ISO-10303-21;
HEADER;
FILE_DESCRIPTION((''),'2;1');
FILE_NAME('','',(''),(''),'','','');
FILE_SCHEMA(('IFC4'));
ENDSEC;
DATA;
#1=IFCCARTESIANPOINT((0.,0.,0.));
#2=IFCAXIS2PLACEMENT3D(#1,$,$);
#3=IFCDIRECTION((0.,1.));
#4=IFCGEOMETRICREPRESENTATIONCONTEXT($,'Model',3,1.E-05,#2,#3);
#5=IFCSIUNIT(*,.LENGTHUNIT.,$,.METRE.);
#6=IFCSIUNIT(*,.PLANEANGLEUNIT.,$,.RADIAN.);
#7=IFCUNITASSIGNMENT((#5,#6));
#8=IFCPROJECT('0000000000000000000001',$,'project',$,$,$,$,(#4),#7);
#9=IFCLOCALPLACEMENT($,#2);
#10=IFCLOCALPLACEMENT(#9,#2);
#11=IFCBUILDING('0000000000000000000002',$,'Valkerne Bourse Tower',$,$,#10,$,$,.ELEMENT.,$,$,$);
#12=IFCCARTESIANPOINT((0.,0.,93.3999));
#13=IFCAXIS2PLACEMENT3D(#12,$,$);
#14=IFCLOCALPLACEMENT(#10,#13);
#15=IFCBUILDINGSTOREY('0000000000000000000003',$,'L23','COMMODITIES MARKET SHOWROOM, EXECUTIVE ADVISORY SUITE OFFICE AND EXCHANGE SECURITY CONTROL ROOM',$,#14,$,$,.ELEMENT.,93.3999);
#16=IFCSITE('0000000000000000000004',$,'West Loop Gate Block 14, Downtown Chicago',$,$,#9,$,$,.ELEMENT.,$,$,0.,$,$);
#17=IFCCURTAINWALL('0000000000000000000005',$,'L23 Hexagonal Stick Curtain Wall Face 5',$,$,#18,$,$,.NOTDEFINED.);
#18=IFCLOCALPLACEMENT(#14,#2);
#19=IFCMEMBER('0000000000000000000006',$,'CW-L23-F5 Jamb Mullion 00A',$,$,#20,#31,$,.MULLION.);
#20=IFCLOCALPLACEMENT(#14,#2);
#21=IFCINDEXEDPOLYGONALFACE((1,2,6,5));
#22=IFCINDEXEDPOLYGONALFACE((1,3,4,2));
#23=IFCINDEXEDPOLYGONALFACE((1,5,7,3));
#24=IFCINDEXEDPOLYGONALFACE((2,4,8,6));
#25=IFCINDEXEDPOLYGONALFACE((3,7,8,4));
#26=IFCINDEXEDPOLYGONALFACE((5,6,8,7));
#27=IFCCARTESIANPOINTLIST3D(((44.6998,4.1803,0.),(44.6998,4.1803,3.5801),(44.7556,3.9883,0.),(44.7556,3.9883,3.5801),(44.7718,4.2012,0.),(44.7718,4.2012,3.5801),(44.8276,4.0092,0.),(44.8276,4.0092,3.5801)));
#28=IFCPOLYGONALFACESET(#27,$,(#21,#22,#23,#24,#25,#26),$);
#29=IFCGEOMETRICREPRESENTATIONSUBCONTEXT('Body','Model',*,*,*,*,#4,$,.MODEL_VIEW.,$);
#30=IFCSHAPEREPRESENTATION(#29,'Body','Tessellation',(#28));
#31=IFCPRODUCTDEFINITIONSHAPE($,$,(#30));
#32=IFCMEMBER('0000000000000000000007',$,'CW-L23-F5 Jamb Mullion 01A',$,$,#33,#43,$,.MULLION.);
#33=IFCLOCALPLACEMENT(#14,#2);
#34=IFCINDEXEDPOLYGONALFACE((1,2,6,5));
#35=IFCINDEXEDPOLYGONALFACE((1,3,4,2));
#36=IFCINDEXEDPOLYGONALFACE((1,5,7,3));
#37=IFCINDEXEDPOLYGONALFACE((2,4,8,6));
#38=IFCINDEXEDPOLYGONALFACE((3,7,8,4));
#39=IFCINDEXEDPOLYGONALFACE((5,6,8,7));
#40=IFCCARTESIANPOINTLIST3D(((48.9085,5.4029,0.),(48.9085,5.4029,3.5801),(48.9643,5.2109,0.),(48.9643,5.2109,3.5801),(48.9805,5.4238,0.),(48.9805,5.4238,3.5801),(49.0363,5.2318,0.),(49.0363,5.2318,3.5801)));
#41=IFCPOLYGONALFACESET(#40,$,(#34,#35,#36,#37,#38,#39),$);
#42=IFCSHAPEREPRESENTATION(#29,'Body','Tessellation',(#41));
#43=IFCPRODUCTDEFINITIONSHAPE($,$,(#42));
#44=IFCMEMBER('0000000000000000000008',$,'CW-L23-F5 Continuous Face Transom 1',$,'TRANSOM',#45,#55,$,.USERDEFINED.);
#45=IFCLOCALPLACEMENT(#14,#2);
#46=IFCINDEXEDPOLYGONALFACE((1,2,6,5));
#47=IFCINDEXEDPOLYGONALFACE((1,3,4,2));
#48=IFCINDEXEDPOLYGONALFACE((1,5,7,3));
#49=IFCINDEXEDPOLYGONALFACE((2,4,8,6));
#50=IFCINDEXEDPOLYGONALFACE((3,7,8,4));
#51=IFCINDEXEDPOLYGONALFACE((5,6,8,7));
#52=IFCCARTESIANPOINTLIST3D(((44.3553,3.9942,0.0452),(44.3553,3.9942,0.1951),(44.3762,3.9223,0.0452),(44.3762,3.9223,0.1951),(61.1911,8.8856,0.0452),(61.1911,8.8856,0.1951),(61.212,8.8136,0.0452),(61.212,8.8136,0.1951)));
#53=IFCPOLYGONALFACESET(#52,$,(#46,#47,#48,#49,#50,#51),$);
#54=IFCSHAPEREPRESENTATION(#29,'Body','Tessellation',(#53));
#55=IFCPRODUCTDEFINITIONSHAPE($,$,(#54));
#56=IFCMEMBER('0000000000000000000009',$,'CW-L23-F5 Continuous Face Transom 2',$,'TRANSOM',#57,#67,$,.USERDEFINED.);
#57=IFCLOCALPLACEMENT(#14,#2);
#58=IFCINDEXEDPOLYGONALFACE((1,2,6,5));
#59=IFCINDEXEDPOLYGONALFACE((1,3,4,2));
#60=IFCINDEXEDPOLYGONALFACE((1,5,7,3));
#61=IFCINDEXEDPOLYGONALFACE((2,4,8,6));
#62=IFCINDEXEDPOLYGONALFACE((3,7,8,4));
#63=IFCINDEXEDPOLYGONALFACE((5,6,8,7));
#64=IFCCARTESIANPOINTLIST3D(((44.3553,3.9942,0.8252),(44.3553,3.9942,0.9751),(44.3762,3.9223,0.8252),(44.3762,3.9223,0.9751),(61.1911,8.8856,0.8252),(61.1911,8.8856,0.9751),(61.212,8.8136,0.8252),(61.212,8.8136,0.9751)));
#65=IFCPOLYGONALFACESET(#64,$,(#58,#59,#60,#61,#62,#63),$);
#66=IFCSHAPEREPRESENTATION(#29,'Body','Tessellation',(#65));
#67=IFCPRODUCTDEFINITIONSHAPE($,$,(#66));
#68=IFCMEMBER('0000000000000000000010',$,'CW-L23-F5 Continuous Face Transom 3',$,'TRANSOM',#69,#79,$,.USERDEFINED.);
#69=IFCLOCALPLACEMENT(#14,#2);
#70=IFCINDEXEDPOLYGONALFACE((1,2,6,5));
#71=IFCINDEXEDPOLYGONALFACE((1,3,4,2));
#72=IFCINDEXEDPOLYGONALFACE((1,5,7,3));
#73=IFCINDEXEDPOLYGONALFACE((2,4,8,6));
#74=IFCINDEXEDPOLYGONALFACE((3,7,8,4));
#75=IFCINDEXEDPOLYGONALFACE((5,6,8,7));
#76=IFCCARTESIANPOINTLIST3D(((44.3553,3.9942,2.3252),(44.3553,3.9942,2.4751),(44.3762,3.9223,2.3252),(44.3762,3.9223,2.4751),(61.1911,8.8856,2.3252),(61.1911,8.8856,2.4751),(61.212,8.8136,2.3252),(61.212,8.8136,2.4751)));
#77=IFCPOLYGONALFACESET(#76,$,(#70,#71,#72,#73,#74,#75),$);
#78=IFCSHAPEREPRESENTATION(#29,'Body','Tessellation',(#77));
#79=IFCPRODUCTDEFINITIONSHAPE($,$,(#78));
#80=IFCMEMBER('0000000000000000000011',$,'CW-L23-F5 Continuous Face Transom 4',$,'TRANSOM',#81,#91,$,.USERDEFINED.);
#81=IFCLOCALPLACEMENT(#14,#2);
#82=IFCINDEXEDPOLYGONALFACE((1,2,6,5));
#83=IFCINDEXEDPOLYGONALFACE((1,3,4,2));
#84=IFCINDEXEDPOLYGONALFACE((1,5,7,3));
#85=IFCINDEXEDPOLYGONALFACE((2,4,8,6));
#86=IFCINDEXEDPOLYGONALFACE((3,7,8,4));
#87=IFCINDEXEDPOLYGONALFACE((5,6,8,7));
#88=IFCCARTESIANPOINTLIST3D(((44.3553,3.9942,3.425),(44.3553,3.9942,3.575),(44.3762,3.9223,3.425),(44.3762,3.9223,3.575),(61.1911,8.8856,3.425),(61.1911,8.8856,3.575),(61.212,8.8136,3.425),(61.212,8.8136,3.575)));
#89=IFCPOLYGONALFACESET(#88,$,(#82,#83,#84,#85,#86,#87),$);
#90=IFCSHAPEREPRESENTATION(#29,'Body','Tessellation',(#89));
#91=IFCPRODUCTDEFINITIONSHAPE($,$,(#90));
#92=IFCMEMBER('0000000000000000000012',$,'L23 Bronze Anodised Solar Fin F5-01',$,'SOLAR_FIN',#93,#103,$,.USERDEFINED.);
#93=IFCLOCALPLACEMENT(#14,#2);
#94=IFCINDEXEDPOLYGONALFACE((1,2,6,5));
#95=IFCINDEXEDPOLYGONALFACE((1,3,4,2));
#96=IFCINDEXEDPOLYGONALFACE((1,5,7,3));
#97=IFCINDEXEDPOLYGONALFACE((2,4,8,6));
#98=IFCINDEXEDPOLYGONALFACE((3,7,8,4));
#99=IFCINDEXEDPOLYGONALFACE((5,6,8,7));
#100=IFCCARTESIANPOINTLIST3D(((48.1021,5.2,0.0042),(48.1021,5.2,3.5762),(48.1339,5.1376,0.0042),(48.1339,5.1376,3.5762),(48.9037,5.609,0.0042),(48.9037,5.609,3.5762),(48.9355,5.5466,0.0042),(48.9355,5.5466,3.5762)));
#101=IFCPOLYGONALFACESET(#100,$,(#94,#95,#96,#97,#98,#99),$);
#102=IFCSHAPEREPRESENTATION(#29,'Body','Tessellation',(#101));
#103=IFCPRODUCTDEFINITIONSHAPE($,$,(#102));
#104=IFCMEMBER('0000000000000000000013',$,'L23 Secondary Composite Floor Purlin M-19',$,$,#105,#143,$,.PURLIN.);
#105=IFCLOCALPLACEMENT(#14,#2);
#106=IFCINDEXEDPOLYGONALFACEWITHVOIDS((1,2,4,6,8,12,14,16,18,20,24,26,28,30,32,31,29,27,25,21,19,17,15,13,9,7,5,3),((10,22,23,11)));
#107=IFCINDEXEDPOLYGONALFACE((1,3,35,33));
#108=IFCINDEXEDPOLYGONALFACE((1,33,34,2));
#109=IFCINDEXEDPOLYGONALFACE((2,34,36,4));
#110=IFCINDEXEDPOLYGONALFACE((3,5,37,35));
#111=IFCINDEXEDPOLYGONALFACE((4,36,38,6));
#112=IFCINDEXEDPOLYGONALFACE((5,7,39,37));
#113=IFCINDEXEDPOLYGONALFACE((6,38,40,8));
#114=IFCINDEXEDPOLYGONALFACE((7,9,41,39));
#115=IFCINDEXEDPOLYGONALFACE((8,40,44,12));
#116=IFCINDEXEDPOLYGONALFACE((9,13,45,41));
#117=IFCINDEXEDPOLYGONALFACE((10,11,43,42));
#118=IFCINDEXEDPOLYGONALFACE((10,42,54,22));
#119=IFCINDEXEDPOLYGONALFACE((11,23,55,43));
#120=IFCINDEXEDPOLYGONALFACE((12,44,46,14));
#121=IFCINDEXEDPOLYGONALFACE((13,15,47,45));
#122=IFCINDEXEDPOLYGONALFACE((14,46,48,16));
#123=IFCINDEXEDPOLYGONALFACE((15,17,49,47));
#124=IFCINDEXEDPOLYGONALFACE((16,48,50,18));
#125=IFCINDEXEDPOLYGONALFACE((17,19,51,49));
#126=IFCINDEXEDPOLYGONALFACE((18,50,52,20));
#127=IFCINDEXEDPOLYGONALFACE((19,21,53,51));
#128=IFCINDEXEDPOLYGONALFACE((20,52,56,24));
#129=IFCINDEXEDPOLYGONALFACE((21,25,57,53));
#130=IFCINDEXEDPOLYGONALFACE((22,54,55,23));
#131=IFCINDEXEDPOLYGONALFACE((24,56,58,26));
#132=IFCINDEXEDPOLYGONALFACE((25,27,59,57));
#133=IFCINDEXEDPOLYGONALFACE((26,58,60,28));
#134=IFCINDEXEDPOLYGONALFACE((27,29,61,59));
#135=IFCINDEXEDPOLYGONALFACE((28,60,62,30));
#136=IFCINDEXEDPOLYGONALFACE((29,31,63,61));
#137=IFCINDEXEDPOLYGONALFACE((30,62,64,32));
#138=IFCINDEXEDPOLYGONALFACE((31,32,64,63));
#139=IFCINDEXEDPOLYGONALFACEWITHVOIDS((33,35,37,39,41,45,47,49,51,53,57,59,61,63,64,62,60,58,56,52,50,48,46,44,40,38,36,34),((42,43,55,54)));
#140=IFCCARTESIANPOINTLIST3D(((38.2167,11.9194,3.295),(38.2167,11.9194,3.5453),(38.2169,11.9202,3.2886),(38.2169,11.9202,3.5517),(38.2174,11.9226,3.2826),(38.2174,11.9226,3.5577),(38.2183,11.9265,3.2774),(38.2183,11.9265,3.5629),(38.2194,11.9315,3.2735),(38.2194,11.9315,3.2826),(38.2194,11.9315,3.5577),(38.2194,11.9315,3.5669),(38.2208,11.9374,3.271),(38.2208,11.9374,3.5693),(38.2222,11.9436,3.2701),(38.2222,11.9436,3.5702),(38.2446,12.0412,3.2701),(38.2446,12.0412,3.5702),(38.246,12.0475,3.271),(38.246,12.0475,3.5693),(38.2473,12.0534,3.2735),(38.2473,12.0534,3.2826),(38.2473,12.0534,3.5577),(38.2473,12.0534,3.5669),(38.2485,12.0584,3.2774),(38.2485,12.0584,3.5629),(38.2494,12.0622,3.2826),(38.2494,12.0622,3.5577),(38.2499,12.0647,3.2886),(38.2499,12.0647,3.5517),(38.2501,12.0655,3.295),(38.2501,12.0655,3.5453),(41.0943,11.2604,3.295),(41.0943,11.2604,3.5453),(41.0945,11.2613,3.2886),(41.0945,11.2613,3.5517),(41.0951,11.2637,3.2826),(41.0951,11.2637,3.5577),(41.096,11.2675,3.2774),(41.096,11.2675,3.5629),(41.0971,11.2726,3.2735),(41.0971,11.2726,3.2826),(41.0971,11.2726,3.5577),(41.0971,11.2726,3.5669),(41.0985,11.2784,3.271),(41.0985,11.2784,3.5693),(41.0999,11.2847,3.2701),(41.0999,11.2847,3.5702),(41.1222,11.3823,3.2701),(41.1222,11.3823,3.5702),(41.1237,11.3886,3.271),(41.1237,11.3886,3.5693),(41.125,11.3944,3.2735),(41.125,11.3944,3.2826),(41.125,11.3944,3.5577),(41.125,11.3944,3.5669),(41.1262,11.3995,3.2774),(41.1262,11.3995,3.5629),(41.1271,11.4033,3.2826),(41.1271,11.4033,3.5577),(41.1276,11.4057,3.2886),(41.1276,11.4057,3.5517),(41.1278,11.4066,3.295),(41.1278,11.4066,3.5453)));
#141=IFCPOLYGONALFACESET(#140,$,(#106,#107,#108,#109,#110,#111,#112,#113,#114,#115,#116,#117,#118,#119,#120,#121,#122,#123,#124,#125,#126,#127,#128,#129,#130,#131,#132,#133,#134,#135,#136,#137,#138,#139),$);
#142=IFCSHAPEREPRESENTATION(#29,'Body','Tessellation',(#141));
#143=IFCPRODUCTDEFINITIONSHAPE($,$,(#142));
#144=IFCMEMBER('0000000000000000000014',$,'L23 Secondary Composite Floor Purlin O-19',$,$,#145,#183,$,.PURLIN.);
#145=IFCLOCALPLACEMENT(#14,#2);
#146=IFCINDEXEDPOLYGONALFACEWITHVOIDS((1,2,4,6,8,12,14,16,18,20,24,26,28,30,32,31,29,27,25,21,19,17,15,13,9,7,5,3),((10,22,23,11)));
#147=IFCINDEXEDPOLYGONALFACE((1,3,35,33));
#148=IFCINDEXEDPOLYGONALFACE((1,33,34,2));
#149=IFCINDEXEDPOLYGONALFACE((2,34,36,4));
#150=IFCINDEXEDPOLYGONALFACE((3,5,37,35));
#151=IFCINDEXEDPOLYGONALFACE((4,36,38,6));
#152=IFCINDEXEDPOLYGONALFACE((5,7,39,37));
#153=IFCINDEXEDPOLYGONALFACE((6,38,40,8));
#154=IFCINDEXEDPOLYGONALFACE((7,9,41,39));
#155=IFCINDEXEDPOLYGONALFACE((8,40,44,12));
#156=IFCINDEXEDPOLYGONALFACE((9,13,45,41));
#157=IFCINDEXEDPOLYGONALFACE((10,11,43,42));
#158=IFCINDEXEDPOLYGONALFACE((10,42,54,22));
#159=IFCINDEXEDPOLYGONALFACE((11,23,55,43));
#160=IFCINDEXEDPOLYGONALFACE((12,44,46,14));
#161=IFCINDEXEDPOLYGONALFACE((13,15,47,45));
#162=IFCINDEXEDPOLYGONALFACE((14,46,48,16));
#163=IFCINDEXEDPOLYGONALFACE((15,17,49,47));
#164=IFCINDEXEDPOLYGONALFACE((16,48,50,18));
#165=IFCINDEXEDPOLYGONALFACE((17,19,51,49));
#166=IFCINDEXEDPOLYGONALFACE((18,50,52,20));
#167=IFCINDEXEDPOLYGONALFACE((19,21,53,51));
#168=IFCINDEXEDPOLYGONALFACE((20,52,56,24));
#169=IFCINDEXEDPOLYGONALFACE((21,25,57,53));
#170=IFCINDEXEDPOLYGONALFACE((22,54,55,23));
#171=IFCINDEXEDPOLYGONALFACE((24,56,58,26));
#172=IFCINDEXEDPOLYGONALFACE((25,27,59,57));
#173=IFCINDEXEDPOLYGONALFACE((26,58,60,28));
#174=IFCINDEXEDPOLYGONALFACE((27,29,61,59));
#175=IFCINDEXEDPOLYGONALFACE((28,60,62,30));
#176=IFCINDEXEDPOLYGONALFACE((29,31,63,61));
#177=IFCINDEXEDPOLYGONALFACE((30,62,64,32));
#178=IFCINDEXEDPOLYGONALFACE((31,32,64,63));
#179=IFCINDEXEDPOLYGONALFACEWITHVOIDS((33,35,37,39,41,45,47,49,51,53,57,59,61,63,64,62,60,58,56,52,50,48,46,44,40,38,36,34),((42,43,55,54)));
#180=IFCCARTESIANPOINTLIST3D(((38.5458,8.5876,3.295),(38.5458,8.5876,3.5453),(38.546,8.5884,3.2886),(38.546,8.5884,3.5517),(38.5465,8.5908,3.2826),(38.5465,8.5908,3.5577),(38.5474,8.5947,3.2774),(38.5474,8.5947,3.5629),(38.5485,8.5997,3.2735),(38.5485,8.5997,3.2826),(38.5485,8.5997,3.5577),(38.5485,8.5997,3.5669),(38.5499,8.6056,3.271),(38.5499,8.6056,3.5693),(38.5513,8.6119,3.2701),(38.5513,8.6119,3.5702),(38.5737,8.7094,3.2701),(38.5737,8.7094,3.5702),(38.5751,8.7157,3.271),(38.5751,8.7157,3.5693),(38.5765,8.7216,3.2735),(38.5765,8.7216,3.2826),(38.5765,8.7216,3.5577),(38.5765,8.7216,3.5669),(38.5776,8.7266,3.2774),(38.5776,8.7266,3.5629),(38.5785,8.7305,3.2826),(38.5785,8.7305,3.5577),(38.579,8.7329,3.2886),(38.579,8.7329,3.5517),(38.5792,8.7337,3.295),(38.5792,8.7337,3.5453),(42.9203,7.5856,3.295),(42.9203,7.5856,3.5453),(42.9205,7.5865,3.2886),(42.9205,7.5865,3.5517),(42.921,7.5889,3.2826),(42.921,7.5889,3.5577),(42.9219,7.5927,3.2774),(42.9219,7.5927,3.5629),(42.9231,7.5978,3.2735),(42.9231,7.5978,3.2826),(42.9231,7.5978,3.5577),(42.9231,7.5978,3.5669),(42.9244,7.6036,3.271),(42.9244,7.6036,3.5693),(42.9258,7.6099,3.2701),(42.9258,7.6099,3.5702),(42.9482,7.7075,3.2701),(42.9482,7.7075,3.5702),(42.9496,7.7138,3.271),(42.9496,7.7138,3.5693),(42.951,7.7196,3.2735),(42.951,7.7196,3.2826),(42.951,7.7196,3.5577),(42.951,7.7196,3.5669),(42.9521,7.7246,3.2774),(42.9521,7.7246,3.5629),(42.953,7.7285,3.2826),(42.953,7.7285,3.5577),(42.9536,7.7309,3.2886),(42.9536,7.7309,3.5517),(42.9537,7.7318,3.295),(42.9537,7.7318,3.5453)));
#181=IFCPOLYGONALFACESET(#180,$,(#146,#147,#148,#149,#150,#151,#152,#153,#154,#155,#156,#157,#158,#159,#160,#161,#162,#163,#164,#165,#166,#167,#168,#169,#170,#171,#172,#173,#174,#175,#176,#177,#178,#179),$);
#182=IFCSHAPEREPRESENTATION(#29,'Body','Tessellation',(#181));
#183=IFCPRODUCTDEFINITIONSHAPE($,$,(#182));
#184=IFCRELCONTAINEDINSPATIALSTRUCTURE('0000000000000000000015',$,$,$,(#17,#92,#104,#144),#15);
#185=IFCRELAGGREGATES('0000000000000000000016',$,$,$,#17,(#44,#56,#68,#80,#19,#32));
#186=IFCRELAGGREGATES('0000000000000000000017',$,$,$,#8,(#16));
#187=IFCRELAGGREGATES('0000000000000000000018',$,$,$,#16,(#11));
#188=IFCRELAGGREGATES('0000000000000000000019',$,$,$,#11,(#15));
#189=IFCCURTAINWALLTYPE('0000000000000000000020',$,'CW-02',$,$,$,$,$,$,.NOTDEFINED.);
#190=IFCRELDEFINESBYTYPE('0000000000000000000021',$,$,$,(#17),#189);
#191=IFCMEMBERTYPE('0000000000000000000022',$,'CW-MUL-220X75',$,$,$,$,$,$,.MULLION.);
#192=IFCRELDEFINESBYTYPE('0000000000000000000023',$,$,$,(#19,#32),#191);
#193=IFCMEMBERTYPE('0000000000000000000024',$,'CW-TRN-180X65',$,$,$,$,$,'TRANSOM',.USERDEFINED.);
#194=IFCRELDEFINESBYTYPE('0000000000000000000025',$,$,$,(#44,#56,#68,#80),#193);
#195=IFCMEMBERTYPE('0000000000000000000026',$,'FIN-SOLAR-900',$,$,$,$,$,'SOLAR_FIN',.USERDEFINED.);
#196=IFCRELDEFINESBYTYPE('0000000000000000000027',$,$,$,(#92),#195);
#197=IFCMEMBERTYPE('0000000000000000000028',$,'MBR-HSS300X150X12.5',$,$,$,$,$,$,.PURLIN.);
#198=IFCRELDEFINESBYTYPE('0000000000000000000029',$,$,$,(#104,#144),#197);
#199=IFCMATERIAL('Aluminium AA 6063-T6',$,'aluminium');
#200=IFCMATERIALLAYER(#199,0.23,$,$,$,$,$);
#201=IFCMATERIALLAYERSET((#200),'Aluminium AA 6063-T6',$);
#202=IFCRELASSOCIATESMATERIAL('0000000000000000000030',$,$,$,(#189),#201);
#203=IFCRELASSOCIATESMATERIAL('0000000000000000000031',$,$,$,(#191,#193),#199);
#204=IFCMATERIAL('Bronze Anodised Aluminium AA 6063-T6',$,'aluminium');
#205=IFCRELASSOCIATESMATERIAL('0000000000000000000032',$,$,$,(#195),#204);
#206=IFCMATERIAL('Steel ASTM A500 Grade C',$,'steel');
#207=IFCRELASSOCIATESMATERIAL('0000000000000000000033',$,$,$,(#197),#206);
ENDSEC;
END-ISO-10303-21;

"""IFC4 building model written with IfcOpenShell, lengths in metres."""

from ifc_helpers import new_model, si_unit, direction, frame, origin, origin_2d, place, context, subcontext, project, spatial, rectangle, hollow_rectangle, extrude, material, layer, layer_set, material_profile, profile_set, type_object, element, aggregate, save


model = new_model("IFC4")

# Units and contexts
model_context = context("Model", 3, precision=1e-05, world=origin(), true_north=direction((0.0, 1.0)))
body_context = subcontext(model_context, "Body", "Model", "MODEL_VIEW")
ifc_project = project(units=[si_unit("LENGTHUNIT", "METRE"), si_unit("PLANEANGLEUNIT", "RADIAN")], contexts=[model_context])

# Site, building, storey
site_placement = place(None, origin())
site = spatial("IfcSite", under=ifc_project, at=site_placement, Name="West Loop Gate Block 14, Downtown Chicago", CompositionType="ELEMENT", RefElevation=0.0)
building_placement = place(site_placement, origin())
building = spatial("IfcBuilding", under=site, at=building_placement, Name="Valkerne Bourse Tower", CompositionType="ELEMENT")
storey_placement = place(building_placement, frame((0.0, 0.0, 93.3999)))
storey = spatial("IfcBuildingStorey", under=building, at=storey_placement, Name="L23", Description="COMMODITIES MARKET SHOWROOM, EXECUTIVE ADVISORY SUITE OFFICE AND EXCHANGE SECURITY CONTROL ROOM", CompositionType="ELEMENT", Elevation=93.3999)

# Curtain wall, members
ifc_material_1 = material(Name="Aluminium AA 6063-T6", Category="aluminium")
ifc_layer_1 = layer(ifc_material_1, 0.23)
ifc_layer_set_1 = layer_set([ifc_layer_1], Name="Aluminium AA 6063-T6")
curtain_wall_type = type_object("IfcCurtainWallType", Name="CW-02", PredefinedType="NOTDEFINED", material=ifc_layer_set_1)
curtain_wall_placement = place(storey_placement, origin())
curtain_wall = element("IfcCurtainWall", 1, at=curtain_wall_placement, inside=storey, type_object=curtain_wall_type, Name="L23 Hexagonal Stick Curtain Wall Face 5", PredefinedType="NOTDEFINED")
ifc_material_profile_1 = material_profile(ifc_material_1, rectangle(XDim=0.075, YDim=0.2, at=origin_2d()), Name="CWM-75X200")
ifc_profile_set_1 = profile_set([ifc_material_profile_1], Name="Aluminium AA 6063-T6")
member_type_1 = type_object("IfcMemberType", Name="CW-MUL-220X75", PredefinedType="MULLION", material=ifc_profile_set_1)
member_1_placement = place(storey_placement, frame((44.7637, 4.0947, 0.0), z_axis=(0.0, 0.0, 1.0), x_axis=(0.960294, 0.278991, 0.0)))
member_1 = element("IfcMember", 2, at=member_1_placement, type_object=member_type_1, Name="CW-L23-F5 Jamb Mullion 00A", PredefinedType="MULLION", context=body_context, shape_type="SweptSolid", body=[
    extrude(rectangle(XDim=0.075, YDim=0.2, at=origin_2d()), origin(), (0.0, 0.0, 1.0), 3.5801),
])
member_2_placement = place(storey_placement, frame((48.9724, 5.3174, 0.0), z_axis=(0.0, 0.0, 1.0), x_axis=(0.960295, 0.278985, 0.0)))
member_2 = element("IfcMember", 3, at=member_2_placement, type_object=member_type_1, Name="CW-L23-F5 Jamb Mullion 01A", PredefinedType="MULLION", context=body_context, shape_type="SweptSolid", body=[
    extrude(rectangle(XDim=0.075, YDim=0.2, at=origin_2d()), origin(), (0.0, 0.0, 1.0), 3.5801),
])
ifc_material_profile_2 = material_profile(ifc_material_1, rectangle(XDim=0.075, YDim=0.1499, at=origin_2d()), Name="CWT-75X150")
ifc_profile_set_2 = profile_set([ifc_material_profile_2], Name="Aluminium AA 6063-T6")
member_type_2 = type_object("IfcMemberType", Name="CW-TRN-180X65", ElementType="TRANSOM", PredefinedType="USERDEFINED", material=ifc_profile_set_2)
member_3_placement = place(storey_placement, frame((44.3657, 3.9583, 0.1201), z_axis=(0.960293, 0.278995, 0.0), x_axis=(-0.278995, 0.960293, 0.0)))
member_3 = element("IfcMember", 4, at=member_3_placement, type_object=member_type_2, Name="CW-L23-F5 Continuous Face Transom 1", ObjectType="TRANSOM", PredefinedType="USERDEFINED", context=body_context, shape_type="SweptSolid", body=[
    extrude(rectangle(XDim=0.075, YDim=0.1499, at=origin_2d()), origin(), (0.0, 0.0, 1.0), 17.532),
])
member_4_placement = place(storey_placement, frame((44.3657, 3.9583, 0.9001), z_axis=(0.960293, 0.278995, 0.0), x_axis=(-0.278995, 0.960293, 0.0)))
member_4 = element("IfcMember", 5, at=member_4_placement, type_object=member_type_2, Name="CW-L23-F5 Continuous Face Transom 2", ObjectType="TRANSOM", PredefinedType="USERDEFINED", context=body_context, shape_type="SweptSolid", body=[
    extrude(rectangle(XDim=0.075, YDim=0.1499, at=origin_2d()), origin(), (0.0, 0.0, 1.0), 17.532),
])
member_5_placement = place(storey_placement, frame((44.3657, 3.9583, 2.4001), z_axis=(0.960293, 0.278995, 0.0), x_axis=(-0.278995, 0.960293, 0.0)))
member_5 = element("IfcMember", 6, at=member_5_placement, type_object=member_type_2, Name="CW-L23-F5 Continuous Face Transom 3", ObjectType="TRANSOM", PredefinedType="USERDEFINED", context=body_context, shape_type="SweptSolid", body=[
    extrude(rectangle(XDim=0.075, YDim=0.1499, at=origin_2d()), origin(), (0.0, 0.0, 1.0), 17.532),
])
member_6_placement = place(storey_placement, frame((44.3657, 3.9583, 3.5), z_axis=(0.960293, 0.278995, 0.0), x_axis=(-0.278995, 0.960293, 0.0)))
member_6 = element("IfcMember", 7, at=member_6_placement, type_object=member_type_2, Name="CW-L23-F5 Continuous Face Transom 4", ObjectType="TRANSOM", PredefinedType="USERDEFINED", context=body_context, shape_type="SweptSolid", body=[
    extrude(rectangle(XDim=0.075, YDim=0.1499, at=origin_2d()), origin(), (0.0, 0.0, 1.0), 17.532),
])

# Members
ifc_material_2 = material(Name="Bronze Anodised Aluminium AA 6063-T6", Category="aluminium")
ifc_material_profile_3 = material_profile(ifc_material_2, rectangle(XDim=0.0701, YDim=0.8999, at=origin_2d()), Name="FIN-70X900")
ifc_profile_set_3 = profile_set([ifc_material_profile_3], Name="Bronze Anodised Aluminium AA 6063-T6")
member_type_3 = type_object("IfcMemberType", Name="FIN-SOLAR-900", ElementType="SOLAR_FIN", PredefinedType="USERDEFINED", material=ifc_profile_set_3)
member_7_placement = place(storey_placement, frame((48.5188, 5.3733, 0.0042), z_axis=(0.0, 0.0, 1.0), x_axis=(0.454509, -0.890742, 0.0)))
element("IfcMember", 8, at=member_7_placement, inside=storey, type_object=member_type_3, Name="L23 Bronze Anodised Solar Fin F5-01", ObjectType="SOLAR_FIN", PredefinedType="USERDEFINED", context=body_context, shape_type="SweptSolid", body=[
    extrude(rectangle(XDim=0.0701, YDim=0.8999, at=origin_2d()), origin(), (0.0, 0.0, 1.0), 3.572),
])
ifc_material_3 = material(Name="Steel ASTM A500 Grade C", Category="steel")
ifc_material_profile_4 = material_profile(ifc_material_3, hollow_rectangle(XDim=0.1499, YDim=0.3, WallThickness=0.0125, OuterFilletRadius=0.0249, at=origin_2d()), Name="HSS300X150X12.5")
ifc_profile_set_4 = profile_set([ifc_material_profile_4], Name="Steel ASTM A500 Grade C")
member_type_4 = type_object("IfcMemberType", Name="MBR-HSS300X150X12.5", PredefinedType="PURLIN", material=ifc_profile_set_4)
member_8_placement = place(storey_placement, frame((38.2334, 11.9924, 3.4202), z_axis=(0.974772, -0.223204, 0.0), x_axis=(0.223204, 0.974772, 0.0)))
element("IfcMember", 9, at=member_8_placement, inside=storey, type_object=member_type_4, Name="L23 Secondary Composite Floor Purlin M-19", PredefinedType="PURLIN", context=body_context, shape_type="SweptSolid", body=[
    extrude(hollow_rectangle(XDim=0.1499, YDim=0.3, WallThickness=0.0125, OuterFilletRadius=0.0249, at=origin_2d()), origin(), (0.0, 0.0, 1.0), 2.9521),
])
member_9_placement = place(storey_placement, frame((38.5625, 8.6606, 3.4202), z_axis=(0.974758, -0.223262, 0.0), x_axis=(0.223262, 0.974758, 0.0)))
element("IfcMember", 10, at=member_9_placement, inside=storey, type_object=member_type_4, Name="L23 Secondary Composite Floor Purlin O-19", PredefinedType="PURLIN", context=body_context, shape_type="SweptSolid", body=[
    extrude(hollow_rectangle(XDim=0.1499, YDim=0.3, WallThickness=0.0125, OuterFilletRadius=0.0249, at=origin_2d()), origin(), (0.0, 0.0, 1.0), 4.4878),
])

aggregate(curtain_wall, [member_3, member_4, member_5, member_6, member_1, member_2])

save(model, "model.ifc")
